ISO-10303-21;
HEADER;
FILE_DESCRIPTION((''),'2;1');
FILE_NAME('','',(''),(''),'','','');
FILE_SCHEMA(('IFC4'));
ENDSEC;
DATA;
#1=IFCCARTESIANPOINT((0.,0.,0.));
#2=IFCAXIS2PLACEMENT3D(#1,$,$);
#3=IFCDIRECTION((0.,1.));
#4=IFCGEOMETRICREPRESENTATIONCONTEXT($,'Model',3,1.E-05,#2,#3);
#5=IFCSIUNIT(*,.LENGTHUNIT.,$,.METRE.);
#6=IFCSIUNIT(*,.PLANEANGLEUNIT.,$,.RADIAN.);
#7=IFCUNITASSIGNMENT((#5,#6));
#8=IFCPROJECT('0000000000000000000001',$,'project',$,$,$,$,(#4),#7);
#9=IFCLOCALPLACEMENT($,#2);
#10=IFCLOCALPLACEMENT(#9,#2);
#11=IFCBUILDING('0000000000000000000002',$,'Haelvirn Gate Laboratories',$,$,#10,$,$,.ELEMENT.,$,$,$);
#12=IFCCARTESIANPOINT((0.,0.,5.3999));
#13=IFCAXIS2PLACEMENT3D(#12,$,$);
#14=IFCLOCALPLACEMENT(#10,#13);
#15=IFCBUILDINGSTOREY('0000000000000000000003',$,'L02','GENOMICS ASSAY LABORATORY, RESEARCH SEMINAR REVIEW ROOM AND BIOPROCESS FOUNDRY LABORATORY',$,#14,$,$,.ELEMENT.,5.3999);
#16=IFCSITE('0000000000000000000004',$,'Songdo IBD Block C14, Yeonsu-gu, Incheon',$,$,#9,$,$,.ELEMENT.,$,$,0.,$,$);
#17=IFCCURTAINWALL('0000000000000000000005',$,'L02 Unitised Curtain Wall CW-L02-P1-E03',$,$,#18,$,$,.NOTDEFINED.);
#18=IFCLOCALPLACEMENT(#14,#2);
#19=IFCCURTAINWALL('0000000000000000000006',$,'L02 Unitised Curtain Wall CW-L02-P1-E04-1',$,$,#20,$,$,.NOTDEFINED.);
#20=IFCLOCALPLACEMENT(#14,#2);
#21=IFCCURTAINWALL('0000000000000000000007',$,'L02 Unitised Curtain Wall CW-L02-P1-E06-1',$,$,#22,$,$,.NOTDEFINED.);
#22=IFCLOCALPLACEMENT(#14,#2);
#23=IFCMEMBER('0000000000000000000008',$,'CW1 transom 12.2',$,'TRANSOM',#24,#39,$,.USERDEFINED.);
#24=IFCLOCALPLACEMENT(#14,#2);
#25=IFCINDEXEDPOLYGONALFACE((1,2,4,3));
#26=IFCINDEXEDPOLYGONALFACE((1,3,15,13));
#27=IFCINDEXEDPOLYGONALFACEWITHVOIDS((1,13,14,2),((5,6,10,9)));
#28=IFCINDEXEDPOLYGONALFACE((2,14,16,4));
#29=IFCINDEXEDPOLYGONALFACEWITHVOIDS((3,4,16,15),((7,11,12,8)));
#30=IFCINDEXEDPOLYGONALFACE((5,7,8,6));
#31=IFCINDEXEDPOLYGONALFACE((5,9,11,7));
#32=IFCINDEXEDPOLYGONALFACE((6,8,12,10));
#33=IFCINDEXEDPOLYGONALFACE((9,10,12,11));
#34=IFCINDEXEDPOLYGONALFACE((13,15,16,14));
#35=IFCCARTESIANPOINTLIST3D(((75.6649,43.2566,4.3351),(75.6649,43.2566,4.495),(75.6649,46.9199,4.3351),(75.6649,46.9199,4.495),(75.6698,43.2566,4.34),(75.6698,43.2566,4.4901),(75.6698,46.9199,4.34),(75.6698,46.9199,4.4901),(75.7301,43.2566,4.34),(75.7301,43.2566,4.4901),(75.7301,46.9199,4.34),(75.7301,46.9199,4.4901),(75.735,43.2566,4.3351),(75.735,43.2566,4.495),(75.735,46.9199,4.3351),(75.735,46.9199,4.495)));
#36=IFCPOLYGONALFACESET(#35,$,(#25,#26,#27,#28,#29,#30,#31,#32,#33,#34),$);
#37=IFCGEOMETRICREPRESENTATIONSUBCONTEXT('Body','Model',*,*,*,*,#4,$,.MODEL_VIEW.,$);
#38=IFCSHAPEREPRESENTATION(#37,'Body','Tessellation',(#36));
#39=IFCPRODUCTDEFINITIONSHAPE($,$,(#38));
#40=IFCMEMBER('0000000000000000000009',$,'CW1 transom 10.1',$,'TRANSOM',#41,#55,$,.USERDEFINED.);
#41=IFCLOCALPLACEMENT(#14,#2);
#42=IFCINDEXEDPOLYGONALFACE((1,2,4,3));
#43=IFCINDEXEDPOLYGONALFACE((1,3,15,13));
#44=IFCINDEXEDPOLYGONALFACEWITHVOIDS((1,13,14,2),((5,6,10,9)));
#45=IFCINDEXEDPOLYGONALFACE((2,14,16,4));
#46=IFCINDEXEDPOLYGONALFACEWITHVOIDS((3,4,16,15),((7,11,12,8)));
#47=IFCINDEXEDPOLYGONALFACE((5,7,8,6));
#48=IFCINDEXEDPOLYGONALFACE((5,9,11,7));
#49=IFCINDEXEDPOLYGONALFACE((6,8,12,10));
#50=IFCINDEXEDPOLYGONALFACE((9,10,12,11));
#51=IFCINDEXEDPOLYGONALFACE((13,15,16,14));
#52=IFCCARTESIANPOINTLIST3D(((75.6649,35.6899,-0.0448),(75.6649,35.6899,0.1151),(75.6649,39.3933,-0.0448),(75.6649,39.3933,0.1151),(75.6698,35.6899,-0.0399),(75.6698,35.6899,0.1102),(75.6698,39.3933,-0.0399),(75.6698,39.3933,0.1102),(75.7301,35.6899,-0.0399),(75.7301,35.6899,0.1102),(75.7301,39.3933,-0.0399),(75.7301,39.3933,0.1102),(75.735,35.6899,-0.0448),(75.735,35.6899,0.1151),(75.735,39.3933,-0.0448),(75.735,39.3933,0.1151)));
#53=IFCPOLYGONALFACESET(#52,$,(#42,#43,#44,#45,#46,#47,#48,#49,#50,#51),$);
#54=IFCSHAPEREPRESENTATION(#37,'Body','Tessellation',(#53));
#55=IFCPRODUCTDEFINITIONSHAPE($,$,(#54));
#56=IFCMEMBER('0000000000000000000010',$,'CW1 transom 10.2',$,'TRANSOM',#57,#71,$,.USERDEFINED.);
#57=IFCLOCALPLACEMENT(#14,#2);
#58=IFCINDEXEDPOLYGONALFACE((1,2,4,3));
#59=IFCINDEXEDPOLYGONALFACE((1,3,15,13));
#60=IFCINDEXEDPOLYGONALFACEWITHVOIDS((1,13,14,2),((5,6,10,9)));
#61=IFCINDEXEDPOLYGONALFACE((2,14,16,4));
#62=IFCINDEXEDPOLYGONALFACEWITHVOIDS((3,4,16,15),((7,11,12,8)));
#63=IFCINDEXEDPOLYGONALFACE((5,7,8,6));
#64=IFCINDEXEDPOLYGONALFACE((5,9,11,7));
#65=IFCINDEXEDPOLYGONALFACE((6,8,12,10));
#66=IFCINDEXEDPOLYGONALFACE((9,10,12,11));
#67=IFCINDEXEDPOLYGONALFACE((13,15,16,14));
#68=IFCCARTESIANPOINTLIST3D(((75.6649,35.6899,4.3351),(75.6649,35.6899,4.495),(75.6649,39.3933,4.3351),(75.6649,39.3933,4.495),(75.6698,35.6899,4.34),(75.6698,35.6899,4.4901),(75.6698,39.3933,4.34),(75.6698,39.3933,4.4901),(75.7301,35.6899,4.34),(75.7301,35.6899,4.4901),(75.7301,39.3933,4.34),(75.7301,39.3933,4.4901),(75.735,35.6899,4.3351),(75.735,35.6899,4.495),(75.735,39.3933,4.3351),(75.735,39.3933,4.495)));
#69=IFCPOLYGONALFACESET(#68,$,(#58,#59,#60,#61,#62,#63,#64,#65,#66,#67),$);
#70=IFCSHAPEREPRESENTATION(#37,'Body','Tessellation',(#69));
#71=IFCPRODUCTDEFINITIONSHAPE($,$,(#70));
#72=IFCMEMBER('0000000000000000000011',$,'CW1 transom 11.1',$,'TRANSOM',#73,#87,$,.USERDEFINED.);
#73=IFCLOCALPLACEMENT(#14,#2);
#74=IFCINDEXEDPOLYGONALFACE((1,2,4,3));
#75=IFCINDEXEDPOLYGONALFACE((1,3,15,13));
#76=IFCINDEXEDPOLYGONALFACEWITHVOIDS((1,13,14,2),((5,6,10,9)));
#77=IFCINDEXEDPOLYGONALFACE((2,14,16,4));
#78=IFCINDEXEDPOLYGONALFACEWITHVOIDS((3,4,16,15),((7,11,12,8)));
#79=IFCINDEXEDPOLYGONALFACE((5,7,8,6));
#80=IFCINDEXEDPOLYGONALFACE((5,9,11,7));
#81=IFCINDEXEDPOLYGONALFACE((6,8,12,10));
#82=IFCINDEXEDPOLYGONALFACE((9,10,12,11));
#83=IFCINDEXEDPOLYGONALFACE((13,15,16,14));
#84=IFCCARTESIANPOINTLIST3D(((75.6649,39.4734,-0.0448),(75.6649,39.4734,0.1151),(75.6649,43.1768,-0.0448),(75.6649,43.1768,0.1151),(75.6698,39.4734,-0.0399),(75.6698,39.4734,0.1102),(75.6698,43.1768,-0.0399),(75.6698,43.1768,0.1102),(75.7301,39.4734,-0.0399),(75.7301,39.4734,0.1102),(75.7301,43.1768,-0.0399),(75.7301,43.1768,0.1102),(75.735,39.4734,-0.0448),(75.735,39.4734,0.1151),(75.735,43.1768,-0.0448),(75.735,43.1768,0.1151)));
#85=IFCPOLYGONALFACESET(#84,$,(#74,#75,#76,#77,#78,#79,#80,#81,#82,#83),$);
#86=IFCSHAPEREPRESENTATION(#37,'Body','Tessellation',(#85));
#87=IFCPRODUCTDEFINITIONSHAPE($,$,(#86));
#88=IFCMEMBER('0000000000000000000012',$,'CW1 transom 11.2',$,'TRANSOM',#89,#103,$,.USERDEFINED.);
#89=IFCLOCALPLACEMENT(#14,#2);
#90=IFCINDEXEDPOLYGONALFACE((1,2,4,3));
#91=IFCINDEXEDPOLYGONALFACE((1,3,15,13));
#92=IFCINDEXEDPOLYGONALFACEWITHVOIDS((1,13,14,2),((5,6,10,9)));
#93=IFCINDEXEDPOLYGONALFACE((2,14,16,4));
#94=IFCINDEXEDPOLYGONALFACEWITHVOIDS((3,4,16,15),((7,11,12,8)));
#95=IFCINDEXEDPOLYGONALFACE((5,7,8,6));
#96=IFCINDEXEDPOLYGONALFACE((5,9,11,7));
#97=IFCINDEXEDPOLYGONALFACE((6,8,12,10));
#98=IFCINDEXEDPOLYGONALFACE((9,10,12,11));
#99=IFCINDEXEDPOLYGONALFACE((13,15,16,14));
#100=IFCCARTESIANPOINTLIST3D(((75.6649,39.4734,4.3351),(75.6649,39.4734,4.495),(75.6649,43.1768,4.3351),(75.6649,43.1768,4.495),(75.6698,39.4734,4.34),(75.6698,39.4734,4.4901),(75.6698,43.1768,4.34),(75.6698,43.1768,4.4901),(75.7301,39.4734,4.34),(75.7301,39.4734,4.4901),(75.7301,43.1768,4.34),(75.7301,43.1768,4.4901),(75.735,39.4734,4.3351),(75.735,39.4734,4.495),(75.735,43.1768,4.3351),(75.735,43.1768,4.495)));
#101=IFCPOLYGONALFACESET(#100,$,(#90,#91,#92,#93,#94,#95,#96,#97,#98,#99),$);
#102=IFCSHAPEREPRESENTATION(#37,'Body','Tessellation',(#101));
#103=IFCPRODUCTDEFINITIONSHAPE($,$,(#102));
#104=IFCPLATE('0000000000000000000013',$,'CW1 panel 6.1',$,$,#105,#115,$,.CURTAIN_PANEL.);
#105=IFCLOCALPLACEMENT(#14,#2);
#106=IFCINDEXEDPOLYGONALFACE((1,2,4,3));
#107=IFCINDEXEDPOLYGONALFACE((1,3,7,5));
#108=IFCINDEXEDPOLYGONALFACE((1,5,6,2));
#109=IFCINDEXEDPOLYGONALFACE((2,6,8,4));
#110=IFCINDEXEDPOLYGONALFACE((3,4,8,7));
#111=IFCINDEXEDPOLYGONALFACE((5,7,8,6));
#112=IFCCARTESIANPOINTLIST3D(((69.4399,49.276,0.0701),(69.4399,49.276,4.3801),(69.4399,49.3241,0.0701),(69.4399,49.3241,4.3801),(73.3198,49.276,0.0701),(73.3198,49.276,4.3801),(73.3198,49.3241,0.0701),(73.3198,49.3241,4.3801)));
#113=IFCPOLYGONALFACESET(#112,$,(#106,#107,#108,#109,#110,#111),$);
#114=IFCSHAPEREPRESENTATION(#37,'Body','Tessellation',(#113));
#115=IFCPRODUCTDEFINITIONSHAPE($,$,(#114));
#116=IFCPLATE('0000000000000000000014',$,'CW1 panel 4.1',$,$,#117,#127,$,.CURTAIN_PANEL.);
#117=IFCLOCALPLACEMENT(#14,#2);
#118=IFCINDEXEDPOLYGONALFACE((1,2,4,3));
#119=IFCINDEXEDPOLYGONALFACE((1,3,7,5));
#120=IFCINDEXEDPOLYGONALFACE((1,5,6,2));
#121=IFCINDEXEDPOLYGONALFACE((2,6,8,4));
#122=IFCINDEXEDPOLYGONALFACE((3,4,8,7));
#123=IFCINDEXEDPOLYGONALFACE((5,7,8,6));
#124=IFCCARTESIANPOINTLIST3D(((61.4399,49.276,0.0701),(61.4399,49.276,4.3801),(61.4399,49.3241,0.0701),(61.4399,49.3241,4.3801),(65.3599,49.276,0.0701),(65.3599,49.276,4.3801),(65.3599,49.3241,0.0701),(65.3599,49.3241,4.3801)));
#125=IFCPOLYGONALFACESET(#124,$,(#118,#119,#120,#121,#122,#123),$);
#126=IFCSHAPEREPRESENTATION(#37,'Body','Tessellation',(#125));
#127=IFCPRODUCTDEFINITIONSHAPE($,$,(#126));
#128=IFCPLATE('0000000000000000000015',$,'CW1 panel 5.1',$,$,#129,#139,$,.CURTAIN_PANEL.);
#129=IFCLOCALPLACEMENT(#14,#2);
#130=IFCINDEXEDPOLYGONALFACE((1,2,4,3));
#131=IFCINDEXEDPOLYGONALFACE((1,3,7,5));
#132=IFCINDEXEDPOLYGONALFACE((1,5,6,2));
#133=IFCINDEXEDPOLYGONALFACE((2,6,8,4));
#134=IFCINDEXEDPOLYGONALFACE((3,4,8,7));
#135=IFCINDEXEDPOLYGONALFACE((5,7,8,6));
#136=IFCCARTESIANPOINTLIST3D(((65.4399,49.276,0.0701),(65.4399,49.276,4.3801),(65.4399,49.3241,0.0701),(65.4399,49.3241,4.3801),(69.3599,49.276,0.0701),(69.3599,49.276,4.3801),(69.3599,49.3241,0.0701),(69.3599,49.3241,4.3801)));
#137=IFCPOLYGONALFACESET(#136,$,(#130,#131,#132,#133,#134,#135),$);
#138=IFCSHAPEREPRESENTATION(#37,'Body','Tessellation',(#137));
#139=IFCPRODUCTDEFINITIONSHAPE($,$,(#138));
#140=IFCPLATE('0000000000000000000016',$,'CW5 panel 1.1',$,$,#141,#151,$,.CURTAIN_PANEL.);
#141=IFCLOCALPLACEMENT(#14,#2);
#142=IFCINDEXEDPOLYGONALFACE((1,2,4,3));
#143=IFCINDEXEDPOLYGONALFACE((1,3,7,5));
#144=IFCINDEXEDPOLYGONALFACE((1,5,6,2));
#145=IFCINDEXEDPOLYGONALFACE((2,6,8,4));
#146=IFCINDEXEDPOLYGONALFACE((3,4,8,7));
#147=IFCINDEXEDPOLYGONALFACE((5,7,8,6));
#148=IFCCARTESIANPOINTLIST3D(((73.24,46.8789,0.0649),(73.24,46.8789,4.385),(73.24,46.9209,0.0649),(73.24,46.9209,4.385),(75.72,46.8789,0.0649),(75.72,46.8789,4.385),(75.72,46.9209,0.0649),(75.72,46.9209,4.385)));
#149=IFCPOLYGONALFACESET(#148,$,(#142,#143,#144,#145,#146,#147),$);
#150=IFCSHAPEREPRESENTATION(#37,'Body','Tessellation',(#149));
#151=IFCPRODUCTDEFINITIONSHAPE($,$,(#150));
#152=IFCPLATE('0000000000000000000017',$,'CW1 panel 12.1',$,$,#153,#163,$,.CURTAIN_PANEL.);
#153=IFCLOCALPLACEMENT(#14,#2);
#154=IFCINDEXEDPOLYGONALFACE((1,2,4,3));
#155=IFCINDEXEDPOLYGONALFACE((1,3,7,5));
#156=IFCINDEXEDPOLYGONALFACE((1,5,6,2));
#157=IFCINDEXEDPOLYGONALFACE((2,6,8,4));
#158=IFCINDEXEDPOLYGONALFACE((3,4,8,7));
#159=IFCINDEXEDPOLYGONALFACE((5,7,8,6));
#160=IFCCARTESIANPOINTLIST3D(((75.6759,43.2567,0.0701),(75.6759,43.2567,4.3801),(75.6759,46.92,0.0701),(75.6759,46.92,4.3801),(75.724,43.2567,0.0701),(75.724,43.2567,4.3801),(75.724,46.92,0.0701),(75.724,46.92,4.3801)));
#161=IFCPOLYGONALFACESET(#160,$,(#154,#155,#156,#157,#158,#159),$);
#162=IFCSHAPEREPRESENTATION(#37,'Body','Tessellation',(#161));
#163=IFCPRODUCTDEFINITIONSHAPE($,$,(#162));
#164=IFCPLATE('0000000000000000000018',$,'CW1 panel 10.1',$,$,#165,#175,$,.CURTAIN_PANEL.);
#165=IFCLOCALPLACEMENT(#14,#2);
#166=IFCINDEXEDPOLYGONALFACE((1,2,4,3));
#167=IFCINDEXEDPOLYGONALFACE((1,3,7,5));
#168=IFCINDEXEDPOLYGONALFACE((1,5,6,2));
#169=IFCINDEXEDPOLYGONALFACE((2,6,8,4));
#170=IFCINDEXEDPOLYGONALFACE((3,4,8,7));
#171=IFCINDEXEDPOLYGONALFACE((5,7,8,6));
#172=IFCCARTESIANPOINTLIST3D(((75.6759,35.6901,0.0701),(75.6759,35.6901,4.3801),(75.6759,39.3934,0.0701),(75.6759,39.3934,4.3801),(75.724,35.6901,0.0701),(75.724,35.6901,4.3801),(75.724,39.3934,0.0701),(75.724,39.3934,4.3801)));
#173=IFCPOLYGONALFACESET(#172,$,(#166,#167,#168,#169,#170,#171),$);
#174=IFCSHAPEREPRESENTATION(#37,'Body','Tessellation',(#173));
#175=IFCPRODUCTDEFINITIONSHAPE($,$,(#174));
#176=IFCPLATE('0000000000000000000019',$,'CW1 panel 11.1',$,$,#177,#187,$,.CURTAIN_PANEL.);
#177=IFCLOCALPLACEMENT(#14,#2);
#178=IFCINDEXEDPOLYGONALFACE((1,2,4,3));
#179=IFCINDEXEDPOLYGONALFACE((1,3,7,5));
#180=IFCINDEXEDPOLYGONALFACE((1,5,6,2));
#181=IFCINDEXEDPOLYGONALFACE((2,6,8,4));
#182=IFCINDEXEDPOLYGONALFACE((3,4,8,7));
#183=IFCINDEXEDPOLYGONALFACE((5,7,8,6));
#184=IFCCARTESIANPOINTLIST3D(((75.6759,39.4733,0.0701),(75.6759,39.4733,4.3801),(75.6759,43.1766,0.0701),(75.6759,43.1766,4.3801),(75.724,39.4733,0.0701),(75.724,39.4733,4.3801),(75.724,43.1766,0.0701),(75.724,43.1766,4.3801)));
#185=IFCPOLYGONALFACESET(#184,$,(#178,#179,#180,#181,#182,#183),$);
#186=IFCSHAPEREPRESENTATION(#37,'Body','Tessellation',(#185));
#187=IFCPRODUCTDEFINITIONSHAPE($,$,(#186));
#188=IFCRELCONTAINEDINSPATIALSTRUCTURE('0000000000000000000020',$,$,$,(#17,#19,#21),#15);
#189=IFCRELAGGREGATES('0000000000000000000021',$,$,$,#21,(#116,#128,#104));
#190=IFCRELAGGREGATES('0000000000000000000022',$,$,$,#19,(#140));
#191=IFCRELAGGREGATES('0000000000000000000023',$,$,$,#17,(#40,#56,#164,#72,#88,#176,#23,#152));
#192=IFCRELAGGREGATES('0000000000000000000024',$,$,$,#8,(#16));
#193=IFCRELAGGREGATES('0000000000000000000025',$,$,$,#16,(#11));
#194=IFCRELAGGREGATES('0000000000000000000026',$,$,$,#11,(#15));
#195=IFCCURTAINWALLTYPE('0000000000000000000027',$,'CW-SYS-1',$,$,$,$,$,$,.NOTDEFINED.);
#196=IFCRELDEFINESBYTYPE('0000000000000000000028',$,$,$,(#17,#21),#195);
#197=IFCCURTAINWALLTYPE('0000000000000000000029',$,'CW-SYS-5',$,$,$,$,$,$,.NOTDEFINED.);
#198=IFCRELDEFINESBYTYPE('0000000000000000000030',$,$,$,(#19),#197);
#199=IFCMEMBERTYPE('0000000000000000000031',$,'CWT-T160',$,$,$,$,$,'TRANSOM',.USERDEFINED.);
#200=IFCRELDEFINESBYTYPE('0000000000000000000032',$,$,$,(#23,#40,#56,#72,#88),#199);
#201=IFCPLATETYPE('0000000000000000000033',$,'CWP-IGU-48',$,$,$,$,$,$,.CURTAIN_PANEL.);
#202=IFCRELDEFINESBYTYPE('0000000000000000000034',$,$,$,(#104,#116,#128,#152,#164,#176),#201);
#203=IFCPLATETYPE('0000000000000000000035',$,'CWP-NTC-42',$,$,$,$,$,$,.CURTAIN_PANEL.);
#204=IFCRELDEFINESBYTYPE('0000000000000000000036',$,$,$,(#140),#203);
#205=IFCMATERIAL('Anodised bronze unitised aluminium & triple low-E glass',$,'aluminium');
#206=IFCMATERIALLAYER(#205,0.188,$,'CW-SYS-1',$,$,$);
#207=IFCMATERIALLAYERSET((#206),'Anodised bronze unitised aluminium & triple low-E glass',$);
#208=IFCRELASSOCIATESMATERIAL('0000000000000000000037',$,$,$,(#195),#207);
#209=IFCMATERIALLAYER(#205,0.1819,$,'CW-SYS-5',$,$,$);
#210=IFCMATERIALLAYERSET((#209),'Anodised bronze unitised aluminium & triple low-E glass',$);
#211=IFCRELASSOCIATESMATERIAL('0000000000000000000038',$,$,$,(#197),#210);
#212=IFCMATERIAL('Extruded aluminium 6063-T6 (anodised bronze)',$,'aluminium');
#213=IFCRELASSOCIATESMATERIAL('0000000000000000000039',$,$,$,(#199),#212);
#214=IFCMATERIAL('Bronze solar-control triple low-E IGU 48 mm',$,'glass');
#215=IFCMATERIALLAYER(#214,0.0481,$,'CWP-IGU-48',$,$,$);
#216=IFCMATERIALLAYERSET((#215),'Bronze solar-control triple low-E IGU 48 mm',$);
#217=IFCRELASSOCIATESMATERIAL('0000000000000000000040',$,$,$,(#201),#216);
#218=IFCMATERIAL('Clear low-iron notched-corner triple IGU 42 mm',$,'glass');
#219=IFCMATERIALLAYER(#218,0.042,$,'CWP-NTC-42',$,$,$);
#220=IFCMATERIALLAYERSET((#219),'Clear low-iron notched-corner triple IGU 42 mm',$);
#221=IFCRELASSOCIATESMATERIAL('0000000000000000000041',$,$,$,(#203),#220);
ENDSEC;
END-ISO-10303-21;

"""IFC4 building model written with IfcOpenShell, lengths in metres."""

from ifc_helpers import new_model, si_unit, direction, frame, origin, origin_2d, place, context, subcontext, project, spatial, rectangle, hollow_rectangle, extrude, source, transform, mapped, material, layer, layer_set, material_profile, profile_set, type_object, type_shapes, element, aggregate, save


model = new_model("IFC4")

# Units and contexts
model_context = context("Model", 3, precision=1e-05, world=origin(), true_north=direction((0.0, 1.0)))
body_context = subcontext(model_context, "Body", "Model", "MODEL_VIEW")
ifc_project = project(units=[si_unit("LENGTHUNIT", "METRE"), si_unit("PLANEANGLEUNIT", "RADIAN")], contexts=[model_context])

# Site, building, storey
site_placement = place(None, origin())
site = spatial("IfcSite", under=ifc_project, at=site_placement, Name="Songdo IBD Block C14, Yeonsu-gu, Incheon", CompositionType="ELEMENT", RefElevation=0.0)
building_placement = place(site_placement, origin())
building = spatial("IfcBuilding", under=site, at=building_placement, Name="Haelvirn Gate Laboratories", CompositionType="ELEMENT")
storey_placement = place(building_placement, frame((0.0, 0.0, 5.3999)))
storey = spatial("IfcBuildingStorey", under=building, at=storey_placement, Name="L02", Description="GENOMICS ASSAY LABORATORY, RESEARCH SEMINAR REVIEW ROOM AND BIOPROCESS FOUNDRY LABORATORY", CompositionType="ELEMENT", Elevation=5.3999)

# Curtain walls
ifc_material_1 = material(Name="Anodised bronze unitised aluminium & triple low-E glass", Category="aluminium")
ifc_layer_1 = layer(ifc_material_1, 0.188, Name="CW-SYS-1")
ifc_layer_set_1 = layer_set([ifc_layer_1], Name="Anodised bronze unitised aluminium & triple low-E glass")
curtain_wall_type_1 = type_object("IfcCurtainWallType", Name="CW-SYS-1", PredefinedType="NOTDEFINED", material=ifc_layer_set_1)
curtain_wall_1_placement = place(storey_placement, origin())
curtain_wall_1 = element("IfcCurtainWall", 1, at=curtain_wall_1_placement, inside=storey, type_object=curtain_wall_type_1, Name="L02 Unitised Curtain Wall CW-L02-P1-E03", PredefinedType="NOTDEFINED")
ifc_material_2 = material(Name="Extruded aluminium 6063-T6 (anodised bronze)", Category="aluminium")
ifc_layer_2 = layer(ifc_material_1, 0.1819, Name="CW-SYS-5")
ifc_layer_set_2 = layer_set([ifc_layer_2], Name="Anodised bronze unitised aluminium & triple low-E glass")
curtain_wall_type_2 = type_object("IfcCurtainWallType", Name="CW-SYS-5", PredefinedType="NOTDEFINED", material=ifc_layer_set_2)
curtain_wall_2_placement = place(storey_placement, origin())
curtain_wall_2 = element("IfcCurtainWall", 2, at=curtain_wall_2_placement, inside=storey, type_object=curtain_wall_type_2, Name="L02 Unitised Curtain Wall CW-L02-P1-E04-1", PredefinedType="NOTDEFINED")
curtain_wall_3_placement = place(storey_placement, origin())
curtain_wall_3 = element("IfcCurtainWall", 3, at=curtain_wall_3_placement, inside=storey, type_object=curtain_wall_type_1, Name="L02 Unitised Curtain Wall CW-L02-P1-E06-1", PredefinedType="NOTDEFINED")
ifc_material_profile_1 = material_profile(ifc_material_2, hollow_rectangle(XDim=0.0701, YDim=0.1599, WallThickness=0.0049, at=origin_2d()), Name="CWT-160x70x5")
ifc_profile_set_1 = profile_set([ifc_material_profile_1], Name="Extruded aluminium 6063-T6 (anodised bronze)")
member_type_1 = type_object("IfcMemberType", Name="CWT-T160", ElementType="TRANSOM", PredefinedType="USERDEFINED", material=ifc_profile_set_1)

# Members
shared_shape_1 = source(origin(), body_context, "Body", "SweptSolid", [
    extrude(hollow_rectangle(XDim=0.0701, YDim=0.1599, WallThickness=0.0049, at=origin_2d()), origin(), (0.0, 0.0, 1.0), 3.6633),
])
member_1_placement = place(storey_placement, frame((75.7, 43.2566, 4.415), z_axis=(0.0, 1.0, 0.0), x_axis=(-1.0, 0.0, 0.0)))
member_1 = element("IfcMember", 4, at=member_1_placement, type_object=member_type_1, Name="CW1 transom 12.2", ObjectType="TRANSOM", PredefinedType="USERDEFINED", context=body_context, shape_type="MappedRepresentation", body=[
    mapped(shared_shape_1, transform((0.0, 0.0, 0.0), scale=1.0)),
])
shared_shape_2 = source(origin(), body_context, "Body", "SweptSolid", [
    extrude(hollow_rectangle(XDim=0.0701, YDim=0.1599, WallThickness=0.0049, at=origin_2d()), origin(), (0.0, 0.0, 1.0), 3.7034),
])
member_2_placement = place(storey_placement, frame((75.7, 35.6899, 0.0352), z_axis=(0.0, 1.0, 0.0), x_axis=(-1.0, 0.0, 0.0)))
member_2 = element("IfcMember", 5, at=member_2_placement, type_object=member_type_1, Name="CW1 transom 10.1", ObjectType="TRANSOM", PredefinedType="USERDEFINED", context=body_context, shape_type="MappedRepresentation", body=[
    mapped(shared_shape_2, transform((0.0, 0.0, 0.0), scale=1.0)),
])
member_3_placement = place(storey_placement, frame((75.7, 35.6899, 4.415), z_axis=(0.0, 1.0, 0.0), x_axis=(-1.0, 0.0, 0.0)))
member_3 = element("IfcMember", 6, at=member_3_placement, type_object=member_type_1, Name="CW1 transom 10.2", ObjectType="TRANSOM", PredefinedType="USERDEFINED", context=body_context, shape_type="MappedRepresentation", body=[
    mapped(shared_shape_2, transform((0.0, 0.0, 0.0), scale=1.0)),
])
member_4_placement = place(storey_placement, frame((75.7, 39.4734, 0.0352), z_axis=(0.0, 1.0, 0.0), x_axis=(-1.0, 0.0, 0.0)))
member_4 = element("IfcMember", 7, at=member_4_placement, type_object=member_type_1, Name="CW1 transom 11.1", ObjectType="TRANSOM", PredefinedType="USERDEFINED", context=body_context, shape_type="MappedRepresentation", body=[
    mapped(shared_shape_2, transform((0.0, 0.0, 0.0), scale=1.0)),
])
member_5_placement = place(storey_placement, frame((75.7, 39.4734, 4.415), z_axis=(0.0, 1.0, 0.0), x_axis=(-1.0, 0.0, 0.0)))
member_5 = element("IfcMember", 8, at=member_5_placement, type_object=member_type_1, Name="CW1 transom 11.2", ObjectType="TRANSOM", PredefinedType="USERDEFINED", context=body_context, shape_type="MappedRepresentation", body=[
    mapped(shared_shape_2, transform((0.0, 0.0, 0.0), scale=1.0)),
])

# Plates
ifc_material_3 = material(Name="Bronze solar-control triple low-E IGU 48 mm", Category="glass")
ifc_layer_3 = layer(ifc_material_3, 0.0481, Name="CWP-IGU-48")
ifc_layer_set_3 = layer_set([ifc_layer_3], Name="Bronze solar-control triple low-E IGU 48 mm")
plate_type_1 = type_object("IfcPlateType", Name="CWP-IGU-48", PredefinedType="CURTAIN_PANEL", material=ifc_layer_set_3)
shared_shape_3 = source(origin(), body_context, "Body", "SweptSolid", [
    extrude(rectangle(XDim=3.8799, YDim=0.0481, at=origin_2d()), origin(), (0.0, 0.0, 1.0), 4.3101),
])
plate_1_placement = place(storey_placement, frame((71.3799, 49.3, 0.0701), z_axis=(0.0, 0.0, 1.0), x_axis=(1.0, 0.0, 0.0)))
plate_1 = element("IfcPlate", 9, at=plate_1_placement, type_object=plate_type_1, Name="CW1 panel 6.1", PredefinedType="CURTAIN_PANEL", context=body_context, shape_type="MappedRepresentation", body=[
    mapped(shared_shape_3, transform((0.0, 0.0, 0.0), scale=1.0)),
])
shared_shape_4 = source(origin(), body_context, "Body", "SweptSolid", [
    extrude(rectangle(XDim=3.9199, YDim=0.0481, at=origin_2d()), origin(), (0.0, 0.0, 1.0), 4.3101),
])
plate_2_placement = place(storey_placement, frame((63.3999, 49.3, 0.0701), z_axis=(0.0, 0.0, 1.0), x_axis=(1.0, 0.0, 0.0)))
plate_2 = element("IfcPlate", 10, at=plate_2_placement, type_object=plate_type_1, Name="CW1 panel 4.1", PredefinedType="CURTAIN_PANEL", context=body_context, shape_type="MappedRepresentation", body=[
    mapped(shared_shape_4, transform((0.0, 0.0, 0.0), scale=1.0)),
])
plate_3_placement = place(storey_placement, frame((67.3999, 49.3, 0.0701), z_axis=(0.0, 0.0, 1.0), x_axis=(1.0, 0.0, 0.0)))
plate_3 = element("IfcPlate", 11, at=plate_3_placement, type_object=plate_type_1, Name="CW1 panel 5.1", PredefinedType="CURTAIN_PANEL", context=body_context, shape_type="MappedRepresentation", body=[
    mapped(shared_shape_4, transform((0.0, 0.0, 0.0), scale=1.0)),
])
aggregate(curtain_wall_3, [plate_2, plate_3, plate_1])
ifc_material_4 = material(Name="Clear low-iron notched-corner triple IGU 42 mm", Category="glass")
ifc_layer_4 = layer(ifc_material_4, 0.042, Name="CWP-NTC-42")
ifc_layer_set_4 = layer_set([ifc_layer_4], Name="Clear low-iron notched-corner triple IGU 42 mm")
plate_type_2 = type_object("IfcPlateType", Name="CWP-NTC-42", PredefinedType="CURTAIN_PANEL", material=ifc_layer_set_4)
shared_shape_5 = source(origin(), body_context, "Body", "SweptSolid", [
    extrude(rectangle(XDim=2.48, YDim=0.042, at=origin_2d()), origin(), (0.0, 0.0, 1.0), 4.3201),
])
type_shapes(plate_type_2, [shared_shape_5])
plate_4_placement = place(storey_placement, frame((74.48, 46.8999, 0.0649), z_axis=(0.0, 0.0, 1.0), x_axis=(1.0, 0.0, 0.0)))
plate_4 = element("IfcPlate", 12, at=plate_4_placement, type_object=plate_type_2, Name="CW5 panel 1.1", PredefinedType="CURTAIN_PANEL", context=body_context, shape_type="MappedRepresentation", body=[
    mapped(shared_shape_5, transform((0.0, 0.0, 0.0), scale=1.0)),
])
aggregate(curtain_wall_2, [plate_4])
shared_shape_6 = source(origin(), body_context, "Body", "SweptSolid", [
    extrude(rectangle(XDim=3.6633, YDim=0.0481, at=origin_2d()), origin(), (0.0, 0.0, 1.0), 4.3101),
])
plate_5_placement = place(storey_placement, frame((75.7, 45.0884, 0.0701), z_axis=(0.0, 0.0, 1.0), x_axis=(0.0, 1.0, 0.0)))
plate_5 = element("IfcPlate", 13, at=plate_5_placement, type_object=plate_type_1, Name="CW1 panel 12.1", PredefinedType="CURTAIN_PANEL", context=body_context, shape_type="MappedRepresentation", body=[
    mapped(shared_shape_6, transform((0.0, 0.0, 0.0), scale=1.0)),
])
shared_shape_7 = source(origin(), body_context, "Body", "SweptSolid", [
    extrude(rectangle(XDim=3.7034, YDim=0.0481, at=origin_2d()), origin(), (0.0, 0.0, 1.0), 4.3101),
])
type_shapes(plate_type_1, [shared_shape_3, shared_shape_4, shared_shape_6, shared_shape_7])
plate_6_placement = place(storey_placement, frame((75.7, 37.5417, 0.0701), z_axis=(0.0, 0.0, 1.0), x_axis=(0.0, 1.0, 0.0)))
plate_6 = element("IfcPlate", 14, at=plate_6_placement, type_object=plate_type_1, Name="CW1 panel 10.1", PredefinedType="CURTAIN_PANEL", context=body_context, shape_type="MappedRepresentation", body=[
    mapped(shared_shape_7, transform((0.0, 0.0, 0.0), scale=1.0)),
])
plate_7_placement = place(storey_placement, frame((75.7, 41.325, 0.0701), z_axis=(0.0, 0.0, 1.0), x_axis=(0.0, 1.0, 0.0)))
plate_7 = element("IfcPlate", 15, at=plate_7_placement, type_object=plate_type_1, Name="CW1 panel 11.1", PredefinedType="CURTAIN_PANEL", context=body_context, shape_type="MappedRepresentation", body=[
    mapped(shared_shape_7, transform((0.0, 0.0, 0.0), scale=1.0)),
])
aggregate(curtain_wall_1, [member_2, member_3, plate_6, member_4, member_5, plate_7, member_1, plate_5])

save(model, "model.ifc")
